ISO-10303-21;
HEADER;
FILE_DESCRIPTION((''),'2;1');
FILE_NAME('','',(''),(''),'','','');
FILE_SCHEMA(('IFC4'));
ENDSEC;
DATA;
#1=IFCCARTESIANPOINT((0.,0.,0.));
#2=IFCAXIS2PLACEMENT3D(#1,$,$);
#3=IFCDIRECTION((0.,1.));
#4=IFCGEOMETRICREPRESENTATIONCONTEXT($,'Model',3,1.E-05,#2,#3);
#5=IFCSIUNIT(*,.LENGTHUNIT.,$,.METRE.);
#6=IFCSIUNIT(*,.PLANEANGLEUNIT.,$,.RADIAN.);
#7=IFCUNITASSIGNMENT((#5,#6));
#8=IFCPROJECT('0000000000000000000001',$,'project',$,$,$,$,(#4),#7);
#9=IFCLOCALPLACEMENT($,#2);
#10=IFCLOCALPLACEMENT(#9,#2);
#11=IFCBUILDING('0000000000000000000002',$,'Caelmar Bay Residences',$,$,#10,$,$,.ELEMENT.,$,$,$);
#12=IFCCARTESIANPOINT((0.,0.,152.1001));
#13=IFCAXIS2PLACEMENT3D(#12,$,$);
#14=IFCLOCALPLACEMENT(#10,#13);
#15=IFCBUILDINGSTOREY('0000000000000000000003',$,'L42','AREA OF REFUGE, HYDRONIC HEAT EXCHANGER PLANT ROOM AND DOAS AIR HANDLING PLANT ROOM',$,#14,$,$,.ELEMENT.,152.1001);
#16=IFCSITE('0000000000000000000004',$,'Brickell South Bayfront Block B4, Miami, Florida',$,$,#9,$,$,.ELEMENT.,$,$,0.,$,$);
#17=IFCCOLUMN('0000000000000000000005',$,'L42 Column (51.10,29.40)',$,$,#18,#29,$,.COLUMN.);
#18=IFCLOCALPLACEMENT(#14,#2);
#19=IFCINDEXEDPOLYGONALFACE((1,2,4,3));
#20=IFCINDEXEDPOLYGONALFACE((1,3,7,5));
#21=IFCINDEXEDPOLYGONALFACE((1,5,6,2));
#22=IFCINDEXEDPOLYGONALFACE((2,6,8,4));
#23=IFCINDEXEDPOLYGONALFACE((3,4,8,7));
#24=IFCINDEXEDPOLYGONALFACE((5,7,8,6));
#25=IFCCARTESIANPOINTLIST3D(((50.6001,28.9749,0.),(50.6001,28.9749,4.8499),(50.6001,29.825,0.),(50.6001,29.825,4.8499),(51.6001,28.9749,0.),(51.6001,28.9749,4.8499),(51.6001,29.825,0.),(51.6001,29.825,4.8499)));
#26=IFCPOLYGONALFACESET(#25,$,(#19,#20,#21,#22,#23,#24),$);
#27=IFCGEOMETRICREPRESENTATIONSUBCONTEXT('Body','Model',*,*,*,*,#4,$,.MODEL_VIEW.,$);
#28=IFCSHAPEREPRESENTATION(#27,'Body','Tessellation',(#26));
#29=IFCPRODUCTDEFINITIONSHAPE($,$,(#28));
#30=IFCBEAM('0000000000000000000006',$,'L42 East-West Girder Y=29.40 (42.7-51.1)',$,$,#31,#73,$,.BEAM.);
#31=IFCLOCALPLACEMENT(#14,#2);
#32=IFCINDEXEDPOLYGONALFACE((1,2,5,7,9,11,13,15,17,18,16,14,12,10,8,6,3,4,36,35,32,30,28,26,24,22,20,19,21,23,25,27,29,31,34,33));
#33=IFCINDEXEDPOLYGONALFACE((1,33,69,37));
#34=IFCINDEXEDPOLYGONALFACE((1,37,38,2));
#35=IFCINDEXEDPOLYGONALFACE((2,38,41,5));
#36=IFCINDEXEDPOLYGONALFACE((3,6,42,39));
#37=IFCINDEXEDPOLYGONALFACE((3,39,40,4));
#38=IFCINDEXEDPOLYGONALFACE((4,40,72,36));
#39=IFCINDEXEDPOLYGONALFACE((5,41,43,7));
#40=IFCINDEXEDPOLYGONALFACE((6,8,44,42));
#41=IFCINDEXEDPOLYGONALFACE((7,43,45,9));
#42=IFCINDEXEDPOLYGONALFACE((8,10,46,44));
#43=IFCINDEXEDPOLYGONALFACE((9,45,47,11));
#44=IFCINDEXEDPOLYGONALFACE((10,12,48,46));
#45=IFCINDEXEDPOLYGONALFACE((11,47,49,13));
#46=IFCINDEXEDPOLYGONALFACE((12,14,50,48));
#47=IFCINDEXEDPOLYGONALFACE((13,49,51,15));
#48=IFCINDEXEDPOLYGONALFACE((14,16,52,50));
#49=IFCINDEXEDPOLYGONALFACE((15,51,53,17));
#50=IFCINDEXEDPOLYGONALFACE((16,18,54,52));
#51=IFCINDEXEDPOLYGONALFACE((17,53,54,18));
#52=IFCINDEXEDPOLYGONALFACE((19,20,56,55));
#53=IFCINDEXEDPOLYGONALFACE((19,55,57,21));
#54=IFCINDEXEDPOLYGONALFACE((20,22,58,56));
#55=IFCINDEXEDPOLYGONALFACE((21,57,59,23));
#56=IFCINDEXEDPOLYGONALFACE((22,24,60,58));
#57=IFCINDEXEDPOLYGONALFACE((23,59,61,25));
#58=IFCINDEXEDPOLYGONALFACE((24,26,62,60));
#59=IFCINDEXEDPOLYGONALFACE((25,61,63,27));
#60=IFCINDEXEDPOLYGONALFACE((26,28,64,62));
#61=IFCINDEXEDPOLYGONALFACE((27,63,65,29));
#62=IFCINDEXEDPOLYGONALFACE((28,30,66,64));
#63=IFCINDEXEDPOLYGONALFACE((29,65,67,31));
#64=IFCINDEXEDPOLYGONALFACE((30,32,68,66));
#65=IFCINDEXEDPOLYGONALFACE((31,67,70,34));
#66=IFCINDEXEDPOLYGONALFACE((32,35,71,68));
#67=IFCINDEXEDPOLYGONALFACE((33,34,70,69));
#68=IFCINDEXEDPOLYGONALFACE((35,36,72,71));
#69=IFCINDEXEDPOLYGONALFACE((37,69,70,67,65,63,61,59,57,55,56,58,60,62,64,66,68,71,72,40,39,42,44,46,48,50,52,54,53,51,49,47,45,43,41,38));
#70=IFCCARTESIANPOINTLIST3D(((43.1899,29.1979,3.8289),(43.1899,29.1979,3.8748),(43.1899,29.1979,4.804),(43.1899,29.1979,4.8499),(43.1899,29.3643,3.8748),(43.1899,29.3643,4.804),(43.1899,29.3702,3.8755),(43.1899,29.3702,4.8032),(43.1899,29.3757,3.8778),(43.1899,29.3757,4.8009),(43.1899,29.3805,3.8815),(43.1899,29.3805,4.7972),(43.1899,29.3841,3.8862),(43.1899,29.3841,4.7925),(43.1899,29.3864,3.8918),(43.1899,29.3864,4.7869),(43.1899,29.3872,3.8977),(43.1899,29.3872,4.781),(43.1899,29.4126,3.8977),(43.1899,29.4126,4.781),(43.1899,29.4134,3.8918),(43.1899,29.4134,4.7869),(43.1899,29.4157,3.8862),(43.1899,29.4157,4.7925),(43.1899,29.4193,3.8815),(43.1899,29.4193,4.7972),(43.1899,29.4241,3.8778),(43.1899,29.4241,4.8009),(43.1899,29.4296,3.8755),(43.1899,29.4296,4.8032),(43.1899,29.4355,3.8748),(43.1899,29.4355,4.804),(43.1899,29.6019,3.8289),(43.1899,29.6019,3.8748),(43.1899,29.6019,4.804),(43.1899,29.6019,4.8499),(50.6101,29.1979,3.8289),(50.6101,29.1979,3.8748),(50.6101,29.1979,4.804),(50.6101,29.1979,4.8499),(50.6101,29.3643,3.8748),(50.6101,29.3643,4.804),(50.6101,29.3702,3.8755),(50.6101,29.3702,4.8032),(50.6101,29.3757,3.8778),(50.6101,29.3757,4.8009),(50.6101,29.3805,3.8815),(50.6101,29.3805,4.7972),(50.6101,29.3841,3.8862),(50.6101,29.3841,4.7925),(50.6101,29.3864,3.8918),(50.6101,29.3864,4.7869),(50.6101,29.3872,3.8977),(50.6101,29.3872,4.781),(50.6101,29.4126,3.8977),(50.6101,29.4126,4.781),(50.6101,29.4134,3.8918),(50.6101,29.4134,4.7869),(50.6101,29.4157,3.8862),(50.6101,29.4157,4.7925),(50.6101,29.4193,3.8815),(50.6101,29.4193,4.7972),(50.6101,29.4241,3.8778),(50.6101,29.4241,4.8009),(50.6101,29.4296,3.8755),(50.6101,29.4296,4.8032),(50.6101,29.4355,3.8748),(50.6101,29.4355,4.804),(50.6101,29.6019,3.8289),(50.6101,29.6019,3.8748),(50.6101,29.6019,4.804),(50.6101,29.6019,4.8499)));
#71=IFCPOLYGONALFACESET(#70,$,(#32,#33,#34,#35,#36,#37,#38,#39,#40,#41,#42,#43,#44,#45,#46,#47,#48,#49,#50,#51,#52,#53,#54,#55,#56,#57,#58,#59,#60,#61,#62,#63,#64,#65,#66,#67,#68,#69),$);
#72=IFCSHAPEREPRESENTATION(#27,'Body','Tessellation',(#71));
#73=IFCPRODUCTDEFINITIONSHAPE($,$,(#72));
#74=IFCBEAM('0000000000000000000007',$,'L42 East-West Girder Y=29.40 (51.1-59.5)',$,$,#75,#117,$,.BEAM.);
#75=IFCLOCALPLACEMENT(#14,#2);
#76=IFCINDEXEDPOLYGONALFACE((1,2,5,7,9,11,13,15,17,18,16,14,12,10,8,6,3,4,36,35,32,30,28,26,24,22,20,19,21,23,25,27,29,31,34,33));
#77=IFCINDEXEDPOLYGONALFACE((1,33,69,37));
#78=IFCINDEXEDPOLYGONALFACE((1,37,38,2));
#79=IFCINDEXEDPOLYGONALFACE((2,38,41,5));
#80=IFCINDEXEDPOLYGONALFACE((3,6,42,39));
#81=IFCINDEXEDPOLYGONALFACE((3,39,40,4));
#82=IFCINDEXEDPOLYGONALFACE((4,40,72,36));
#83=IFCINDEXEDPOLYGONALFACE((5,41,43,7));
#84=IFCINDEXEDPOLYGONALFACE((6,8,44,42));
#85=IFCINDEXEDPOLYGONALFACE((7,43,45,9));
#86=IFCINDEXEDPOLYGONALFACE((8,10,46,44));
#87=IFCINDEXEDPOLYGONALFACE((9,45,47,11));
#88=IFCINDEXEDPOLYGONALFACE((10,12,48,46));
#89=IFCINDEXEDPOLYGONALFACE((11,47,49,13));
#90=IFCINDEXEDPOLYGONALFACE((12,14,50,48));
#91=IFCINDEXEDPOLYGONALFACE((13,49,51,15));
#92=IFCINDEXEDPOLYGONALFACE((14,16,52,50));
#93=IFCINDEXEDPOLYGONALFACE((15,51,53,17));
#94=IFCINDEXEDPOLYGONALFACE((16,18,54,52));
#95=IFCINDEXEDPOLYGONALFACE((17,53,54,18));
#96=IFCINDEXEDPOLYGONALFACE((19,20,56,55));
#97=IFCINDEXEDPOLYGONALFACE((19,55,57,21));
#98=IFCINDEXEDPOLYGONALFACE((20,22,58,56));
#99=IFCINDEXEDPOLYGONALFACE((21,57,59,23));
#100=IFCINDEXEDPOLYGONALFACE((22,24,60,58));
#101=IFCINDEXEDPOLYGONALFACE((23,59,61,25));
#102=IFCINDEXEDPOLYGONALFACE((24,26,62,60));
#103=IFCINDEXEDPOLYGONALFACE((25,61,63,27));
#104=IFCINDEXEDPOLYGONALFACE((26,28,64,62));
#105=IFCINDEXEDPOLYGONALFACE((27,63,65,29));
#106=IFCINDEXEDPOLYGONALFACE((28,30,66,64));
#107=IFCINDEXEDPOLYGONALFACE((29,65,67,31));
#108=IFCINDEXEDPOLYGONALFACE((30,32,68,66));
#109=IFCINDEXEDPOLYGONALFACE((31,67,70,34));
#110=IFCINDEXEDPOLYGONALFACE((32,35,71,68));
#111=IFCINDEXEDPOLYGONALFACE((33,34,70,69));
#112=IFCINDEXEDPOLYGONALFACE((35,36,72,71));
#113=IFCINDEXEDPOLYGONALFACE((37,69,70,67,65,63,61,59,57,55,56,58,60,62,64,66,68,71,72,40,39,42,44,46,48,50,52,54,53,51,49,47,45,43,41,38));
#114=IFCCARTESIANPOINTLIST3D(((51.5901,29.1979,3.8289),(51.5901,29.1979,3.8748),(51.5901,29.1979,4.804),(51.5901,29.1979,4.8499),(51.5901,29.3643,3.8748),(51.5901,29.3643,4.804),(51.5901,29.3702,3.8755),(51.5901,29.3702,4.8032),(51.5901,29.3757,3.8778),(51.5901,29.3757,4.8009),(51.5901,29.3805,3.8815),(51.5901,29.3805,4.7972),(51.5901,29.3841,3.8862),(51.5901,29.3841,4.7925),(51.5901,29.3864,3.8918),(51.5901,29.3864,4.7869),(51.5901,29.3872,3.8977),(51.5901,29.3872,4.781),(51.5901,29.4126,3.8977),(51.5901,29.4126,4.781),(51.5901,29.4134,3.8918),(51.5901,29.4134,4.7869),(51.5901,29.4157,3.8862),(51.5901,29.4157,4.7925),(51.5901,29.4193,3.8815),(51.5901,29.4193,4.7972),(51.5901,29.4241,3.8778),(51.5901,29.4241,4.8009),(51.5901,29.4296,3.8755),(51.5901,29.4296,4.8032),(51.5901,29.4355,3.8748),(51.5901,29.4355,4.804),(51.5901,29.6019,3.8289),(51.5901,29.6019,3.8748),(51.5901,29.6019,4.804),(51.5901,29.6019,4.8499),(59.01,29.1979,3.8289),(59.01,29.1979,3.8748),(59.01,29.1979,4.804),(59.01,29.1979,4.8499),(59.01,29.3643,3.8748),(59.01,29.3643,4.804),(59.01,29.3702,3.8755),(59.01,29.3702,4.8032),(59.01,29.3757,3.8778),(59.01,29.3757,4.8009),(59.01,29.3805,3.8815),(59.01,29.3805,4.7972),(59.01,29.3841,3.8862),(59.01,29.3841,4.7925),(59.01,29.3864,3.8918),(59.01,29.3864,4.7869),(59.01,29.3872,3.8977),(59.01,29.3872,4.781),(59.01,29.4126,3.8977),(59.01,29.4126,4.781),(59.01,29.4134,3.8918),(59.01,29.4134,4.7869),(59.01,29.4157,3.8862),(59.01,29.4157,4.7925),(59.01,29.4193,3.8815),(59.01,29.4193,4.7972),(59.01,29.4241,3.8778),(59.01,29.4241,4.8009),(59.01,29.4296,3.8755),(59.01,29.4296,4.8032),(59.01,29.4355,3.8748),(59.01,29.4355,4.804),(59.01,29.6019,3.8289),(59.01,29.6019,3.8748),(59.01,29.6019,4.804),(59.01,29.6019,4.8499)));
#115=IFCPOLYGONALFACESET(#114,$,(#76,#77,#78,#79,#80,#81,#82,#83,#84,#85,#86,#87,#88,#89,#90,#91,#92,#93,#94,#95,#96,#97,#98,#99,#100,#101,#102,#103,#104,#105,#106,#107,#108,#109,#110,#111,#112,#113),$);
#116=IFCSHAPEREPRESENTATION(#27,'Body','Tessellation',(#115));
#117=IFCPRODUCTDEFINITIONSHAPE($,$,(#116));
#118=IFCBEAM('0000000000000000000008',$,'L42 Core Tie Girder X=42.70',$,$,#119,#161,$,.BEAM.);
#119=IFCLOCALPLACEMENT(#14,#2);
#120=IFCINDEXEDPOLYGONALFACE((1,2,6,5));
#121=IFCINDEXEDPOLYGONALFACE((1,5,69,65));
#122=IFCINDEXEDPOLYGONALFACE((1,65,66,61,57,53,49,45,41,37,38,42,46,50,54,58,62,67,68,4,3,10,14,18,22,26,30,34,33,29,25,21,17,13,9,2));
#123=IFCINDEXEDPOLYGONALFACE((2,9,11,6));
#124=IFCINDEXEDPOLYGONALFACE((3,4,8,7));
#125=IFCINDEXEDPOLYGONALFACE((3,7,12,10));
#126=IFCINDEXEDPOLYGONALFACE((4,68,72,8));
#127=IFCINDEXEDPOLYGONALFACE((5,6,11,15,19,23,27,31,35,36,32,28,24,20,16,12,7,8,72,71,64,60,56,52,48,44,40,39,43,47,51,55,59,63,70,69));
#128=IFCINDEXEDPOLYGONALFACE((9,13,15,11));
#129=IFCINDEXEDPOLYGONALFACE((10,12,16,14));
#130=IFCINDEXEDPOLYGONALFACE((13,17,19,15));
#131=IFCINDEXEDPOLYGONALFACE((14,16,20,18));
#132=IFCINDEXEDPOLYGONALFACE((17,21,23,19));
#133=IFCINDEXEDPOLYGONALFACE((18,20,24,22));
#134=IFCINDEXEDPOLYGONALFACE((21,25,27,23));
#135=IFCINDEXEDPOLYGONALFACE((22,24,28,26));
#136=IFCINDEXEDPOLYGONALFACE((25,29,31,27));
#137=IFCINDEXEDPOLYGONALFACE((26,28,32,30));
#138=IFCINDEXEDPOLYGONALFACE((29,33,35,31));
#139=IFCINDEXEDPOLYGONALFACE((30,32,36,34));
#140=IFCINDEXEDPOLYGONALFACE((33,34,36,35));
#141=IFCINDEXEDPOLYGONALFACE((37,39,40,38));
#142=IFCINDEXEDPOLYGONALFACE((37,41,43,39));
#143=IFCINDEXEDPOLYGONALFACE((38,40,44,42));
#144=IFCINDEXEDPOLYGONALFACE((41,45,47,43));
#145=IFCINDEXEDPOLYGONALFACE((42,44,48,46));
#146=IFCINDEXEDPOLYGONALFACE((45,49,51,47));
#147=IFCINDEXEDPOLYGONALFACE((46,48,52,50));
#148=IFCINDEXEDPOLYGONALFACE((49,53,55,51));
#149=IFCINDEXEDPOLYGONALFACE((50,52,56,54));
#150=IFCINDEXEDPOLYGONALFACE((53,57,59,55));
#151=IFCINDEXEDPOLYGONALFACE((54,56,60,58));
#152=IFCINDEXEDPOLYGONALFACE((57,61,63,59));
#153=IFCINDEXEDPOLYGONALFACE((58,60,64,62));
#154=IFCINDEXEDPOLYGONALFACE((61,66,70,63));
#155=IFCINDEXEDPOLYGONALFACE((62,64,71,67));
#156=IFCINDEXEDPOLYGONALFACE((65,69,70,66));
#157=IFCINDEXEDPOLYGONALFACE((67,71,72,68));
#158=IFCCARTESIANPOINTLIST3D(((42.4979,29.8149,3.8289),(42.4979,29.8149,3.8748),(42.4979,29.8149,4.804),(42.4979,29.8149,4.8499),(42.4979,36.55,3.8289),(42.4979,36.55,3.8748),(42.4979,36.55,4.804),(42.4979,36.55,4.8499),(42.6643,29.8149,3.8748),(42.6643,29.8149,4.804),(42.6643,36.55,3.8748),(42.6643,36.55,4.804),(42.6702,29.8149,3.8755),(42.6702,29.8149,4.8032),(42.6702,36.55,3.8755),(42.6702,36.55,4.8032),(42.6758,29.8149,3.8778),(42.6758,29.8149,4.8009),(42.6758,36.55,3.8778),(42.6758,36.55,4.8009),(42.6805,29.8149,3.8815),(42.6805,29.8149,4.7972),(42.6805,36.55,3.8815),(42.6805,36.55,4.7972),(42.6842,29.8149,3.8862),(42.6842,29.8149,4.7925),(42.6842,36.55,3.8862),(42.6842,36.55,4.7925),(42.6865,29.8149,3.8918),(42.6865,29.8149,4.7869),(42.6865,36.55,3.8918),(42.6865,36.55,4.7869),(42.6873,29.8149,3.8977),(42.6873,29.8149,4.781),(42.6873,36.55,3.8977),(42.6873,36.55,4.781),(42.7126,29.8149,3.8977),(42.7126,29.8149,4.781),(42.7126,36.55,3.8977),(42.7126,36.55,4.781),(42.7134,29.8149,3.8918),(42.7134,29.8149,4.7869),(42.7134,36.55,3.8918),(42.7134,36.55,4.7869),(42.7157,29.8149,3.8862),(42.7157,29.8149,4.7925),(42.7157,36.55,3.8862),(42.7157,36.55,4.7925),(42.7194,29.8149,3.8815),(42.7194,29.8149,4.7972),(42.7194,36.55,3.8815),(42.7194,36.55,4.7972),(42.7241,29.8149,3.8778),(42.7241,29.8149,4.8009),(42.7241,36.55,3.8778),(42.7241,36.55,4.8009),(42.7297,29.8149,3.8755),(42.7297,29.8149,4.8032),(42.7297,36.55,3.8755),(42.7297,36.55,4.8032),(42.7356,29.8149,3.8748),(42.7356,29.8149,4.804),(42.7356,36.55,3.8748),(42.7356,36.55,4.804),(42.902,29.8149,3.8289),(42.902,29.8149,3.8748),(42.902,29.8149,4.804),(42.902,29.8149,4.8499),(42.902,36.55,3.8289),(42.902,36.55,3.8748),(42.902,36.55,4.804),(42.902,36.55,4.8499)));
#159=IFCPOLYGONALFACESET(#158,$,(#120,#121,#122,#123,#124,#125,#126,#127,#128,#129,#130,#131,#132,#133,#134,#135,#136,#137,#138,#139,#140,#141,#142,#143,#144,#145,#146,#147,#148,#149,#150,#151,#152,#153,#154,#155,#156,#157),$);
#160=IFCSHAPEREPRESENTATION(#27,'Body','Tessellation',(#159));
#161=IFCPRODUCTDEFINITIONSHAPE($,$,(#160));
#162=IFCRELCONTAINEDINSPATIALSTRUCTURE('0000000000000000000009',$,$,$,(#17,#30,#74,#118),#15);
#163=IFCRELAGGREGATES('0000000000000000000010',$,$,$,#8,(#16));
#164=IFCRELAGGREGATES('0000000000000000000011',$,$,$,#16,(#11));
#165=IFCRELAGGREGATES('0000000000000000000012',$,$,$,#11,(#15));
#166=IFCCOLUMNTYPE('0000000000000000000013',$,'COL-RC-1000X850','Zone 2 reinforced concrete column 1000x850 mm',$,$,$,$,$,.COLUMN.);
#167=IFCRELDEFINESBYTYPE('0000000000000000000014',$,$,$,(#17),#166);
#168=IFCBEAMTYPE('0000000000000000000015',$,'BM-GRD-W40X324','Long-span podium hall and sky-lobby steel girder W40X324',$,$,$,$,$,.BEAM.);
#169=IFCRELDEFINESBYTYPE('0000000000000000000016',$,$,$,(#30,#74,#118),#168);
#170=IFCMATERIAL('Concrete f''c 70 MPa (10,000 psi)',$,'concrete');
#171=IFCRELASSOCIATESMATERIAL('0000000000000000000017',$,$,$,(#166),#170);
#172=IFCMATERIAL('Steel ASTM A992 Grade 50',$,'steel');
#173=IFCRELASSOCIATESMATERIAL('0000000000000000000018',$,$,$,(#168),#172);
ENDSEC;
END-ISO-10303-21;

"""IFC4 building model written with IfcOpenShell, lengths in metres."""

from ifc_helpers import new_model, si_unit, direction, frame, origin, origin_2d, place, context, subcontext, project, spatial, rectangle, i_section, extrude, material, material_profile, profile_set, type_object, element, save


model = new_model("IFC4")

# Units and contexts
model_context = context("Model", 3, precision=1e-05, world=origin(), true_north=direction((0.0, 1.0)))
body_context = subcontext(model_context, "Body", "Model", "MODEL_VIEW")
ifc_project = project(units=[si_unit("LENGTHUNIT", "METRE"), si_unit("PLANEANGLEUNIT", "RADIAN")], contexts=[model_context])

# Site, building, storey
site_placement = place(None, origin())
site = spatial("IfcSite", under=ifc_project, at=site_placement, Name="Brickell South Bayfront Block B4, Miami, Florida", CompositionType="ELEMENT", RefElevation=0.0)
building_placement = place(site_placement, origin())
building = spatial("IfcBuilding", under=site, at=building_placement, Name="Caelmar Bay Residences", CompositionType="ELEMENT")
storey_placement = place(building_placement, frame((0.0, 0.0, 152.1001)))
storey = spatial("IfcBuildingStorey", under=building, at=storey_placement, Name="L42", Description="AREA OF REFUGE, HYDRONIC HEAT EXCHANGER PLANT ROOM AND DOAS AIR HANDLING PLANT ROOM", CompositionType="ELEMENT", Elevation=152.1001)

# Column
ifc_material_1 = material(Name="Concrete f'c 70 MPa (10,000 psi)", Category="concrete")
ifc_material_profile_1 = material_profile(ifc_material_1, rectangle(XDim=1.0, YDim=0.8501, at=origin_2d()), Name="RC-COL-1000X850")
ifc_profile_set_1 = profile_set([ifc_material_profile_1], Name="Concrete f'c 70 MPa (10,000 psi)")
column_type = type_object("IfcColumnType", Name="COL-RC-1000X850", Description="Zone 2 reinforced concrete column 1000x850 mm", PredefinedType="COLUMN", material=ifc_profile_set_1)
column_placement = place(storey_placement, frame((51.1001, 29.3999, 0.0), z_axis=(0.0, 0.0, 1.0), x_axis=(1.0, 0.0, 0.0)))
element("IfcColumn", 1, at=column_placement, inside=storey, type_object=column_type, Name="L42 Column (51.10,29.40)", PredefinedType="COLUMN", context=body_context, shape_type="SweptSolid", body=[
    extrude(rectangle(XDim=1.0, YDim=0.8501, at=origin_2d()), origin(), (0.0, 0.0, 1.0), 4.8499),
])

# Beams
ifc_material_2 = material(Name="Steel ASTM A992 Grade 50", Category="steel")
ifc_material_profile_2 = material_profile(ifc_material_2, i_section(OverallWidth=0.4041, OverallDepth=1.021, WebThickness=0.0254, FlangeThickness=0.0459, FilletRadius=0.0229, at=origin_2d()), Name="W40X324")
ifc_profile_set_2 = profile_set([ifc_material_profile_2], Name="Steel ASTM A992 Grade 50")
beam_type_1 = type_object("IfcBeamType", Name="BM-GRD-W40X324", Description="Long-span podium hall and sky-lobby steel girder W40X324", PredefinedType="BEAM", material=ifc_profile_set_2)
beam_1_placement = place(storey_placement, frame((43.1899, 29.3999, 4.3394), z_axis=(1.0, 0.0, 0.0), x_axis=(0.0, 1.0, 0.0)))
element("IfcBeam", 2, at=beam_1_placement, inside=storey, type_object=beam_type_1, Name="L42 East-West Girder Y=29.40 (42.7-51.1)", PredefinedType="BEAM", context=body_context, shape_type="SweptSolid", body=[
    extrude(i_section(OverallWidth=0.4041, OverallDepth=1.021, WebThickness=0.0254, FlangeThickness=0.0459, FilletRadius=0.0229, at=origin_2d()), origin(), (0.0, 0.0, 1.0), 7.4202),
])
beam_2_placement = place(storey_placement, frame((51.5901, 29.3999, 4.3394), z_axis=(1.0, 0.0, 0.0), x_axis=(0.0, 1.0, 0.0)))
element("IfcBeam", 3, at=beam_2_placement, inside=storey, type_object=beam_type_1, Name="L42 East-West Girder Y=29.40 (51.1-59.5)", PredefinedType="BEAM", context=body_context, shape_type="SweptSolid", body=[
    extrude(i_section(OverallWidth=0.4041, OverallDepth=1.021, WebThickness=0.0254, FlangeThickness=0.0459, FilletRadius=0.0229, at=origin_2d()), origin(), (0.0, 0.0, 1.0), 7.4199),
])
beam_3_placement = place(storey_placement, frame((42.7, 29.8149, 4.3394), z_axis=(0.0, 1.0, 0.0), x_axis=(-1.0, 0.0, 0.0)))
element("IfcBeam", 4, at=beam_3_placement, inside=storey, type_object=beam_type_1, Name="L42 Core Tie Girder X=42.70", PredefinedType="BEAM", context=body_context, shape_type="SweptSolid", body=[
    extrude(i_section(OverallWidth=0.4041, OverallDepth=1.021, WebThickness=0.0254, FlangeThickness=0.0459, FilletRadius=0.0229, at=origin_2d()), origin(), (0.0, 0.0, 1.0), 6.7351),
])

save(model, "model.ifc")
